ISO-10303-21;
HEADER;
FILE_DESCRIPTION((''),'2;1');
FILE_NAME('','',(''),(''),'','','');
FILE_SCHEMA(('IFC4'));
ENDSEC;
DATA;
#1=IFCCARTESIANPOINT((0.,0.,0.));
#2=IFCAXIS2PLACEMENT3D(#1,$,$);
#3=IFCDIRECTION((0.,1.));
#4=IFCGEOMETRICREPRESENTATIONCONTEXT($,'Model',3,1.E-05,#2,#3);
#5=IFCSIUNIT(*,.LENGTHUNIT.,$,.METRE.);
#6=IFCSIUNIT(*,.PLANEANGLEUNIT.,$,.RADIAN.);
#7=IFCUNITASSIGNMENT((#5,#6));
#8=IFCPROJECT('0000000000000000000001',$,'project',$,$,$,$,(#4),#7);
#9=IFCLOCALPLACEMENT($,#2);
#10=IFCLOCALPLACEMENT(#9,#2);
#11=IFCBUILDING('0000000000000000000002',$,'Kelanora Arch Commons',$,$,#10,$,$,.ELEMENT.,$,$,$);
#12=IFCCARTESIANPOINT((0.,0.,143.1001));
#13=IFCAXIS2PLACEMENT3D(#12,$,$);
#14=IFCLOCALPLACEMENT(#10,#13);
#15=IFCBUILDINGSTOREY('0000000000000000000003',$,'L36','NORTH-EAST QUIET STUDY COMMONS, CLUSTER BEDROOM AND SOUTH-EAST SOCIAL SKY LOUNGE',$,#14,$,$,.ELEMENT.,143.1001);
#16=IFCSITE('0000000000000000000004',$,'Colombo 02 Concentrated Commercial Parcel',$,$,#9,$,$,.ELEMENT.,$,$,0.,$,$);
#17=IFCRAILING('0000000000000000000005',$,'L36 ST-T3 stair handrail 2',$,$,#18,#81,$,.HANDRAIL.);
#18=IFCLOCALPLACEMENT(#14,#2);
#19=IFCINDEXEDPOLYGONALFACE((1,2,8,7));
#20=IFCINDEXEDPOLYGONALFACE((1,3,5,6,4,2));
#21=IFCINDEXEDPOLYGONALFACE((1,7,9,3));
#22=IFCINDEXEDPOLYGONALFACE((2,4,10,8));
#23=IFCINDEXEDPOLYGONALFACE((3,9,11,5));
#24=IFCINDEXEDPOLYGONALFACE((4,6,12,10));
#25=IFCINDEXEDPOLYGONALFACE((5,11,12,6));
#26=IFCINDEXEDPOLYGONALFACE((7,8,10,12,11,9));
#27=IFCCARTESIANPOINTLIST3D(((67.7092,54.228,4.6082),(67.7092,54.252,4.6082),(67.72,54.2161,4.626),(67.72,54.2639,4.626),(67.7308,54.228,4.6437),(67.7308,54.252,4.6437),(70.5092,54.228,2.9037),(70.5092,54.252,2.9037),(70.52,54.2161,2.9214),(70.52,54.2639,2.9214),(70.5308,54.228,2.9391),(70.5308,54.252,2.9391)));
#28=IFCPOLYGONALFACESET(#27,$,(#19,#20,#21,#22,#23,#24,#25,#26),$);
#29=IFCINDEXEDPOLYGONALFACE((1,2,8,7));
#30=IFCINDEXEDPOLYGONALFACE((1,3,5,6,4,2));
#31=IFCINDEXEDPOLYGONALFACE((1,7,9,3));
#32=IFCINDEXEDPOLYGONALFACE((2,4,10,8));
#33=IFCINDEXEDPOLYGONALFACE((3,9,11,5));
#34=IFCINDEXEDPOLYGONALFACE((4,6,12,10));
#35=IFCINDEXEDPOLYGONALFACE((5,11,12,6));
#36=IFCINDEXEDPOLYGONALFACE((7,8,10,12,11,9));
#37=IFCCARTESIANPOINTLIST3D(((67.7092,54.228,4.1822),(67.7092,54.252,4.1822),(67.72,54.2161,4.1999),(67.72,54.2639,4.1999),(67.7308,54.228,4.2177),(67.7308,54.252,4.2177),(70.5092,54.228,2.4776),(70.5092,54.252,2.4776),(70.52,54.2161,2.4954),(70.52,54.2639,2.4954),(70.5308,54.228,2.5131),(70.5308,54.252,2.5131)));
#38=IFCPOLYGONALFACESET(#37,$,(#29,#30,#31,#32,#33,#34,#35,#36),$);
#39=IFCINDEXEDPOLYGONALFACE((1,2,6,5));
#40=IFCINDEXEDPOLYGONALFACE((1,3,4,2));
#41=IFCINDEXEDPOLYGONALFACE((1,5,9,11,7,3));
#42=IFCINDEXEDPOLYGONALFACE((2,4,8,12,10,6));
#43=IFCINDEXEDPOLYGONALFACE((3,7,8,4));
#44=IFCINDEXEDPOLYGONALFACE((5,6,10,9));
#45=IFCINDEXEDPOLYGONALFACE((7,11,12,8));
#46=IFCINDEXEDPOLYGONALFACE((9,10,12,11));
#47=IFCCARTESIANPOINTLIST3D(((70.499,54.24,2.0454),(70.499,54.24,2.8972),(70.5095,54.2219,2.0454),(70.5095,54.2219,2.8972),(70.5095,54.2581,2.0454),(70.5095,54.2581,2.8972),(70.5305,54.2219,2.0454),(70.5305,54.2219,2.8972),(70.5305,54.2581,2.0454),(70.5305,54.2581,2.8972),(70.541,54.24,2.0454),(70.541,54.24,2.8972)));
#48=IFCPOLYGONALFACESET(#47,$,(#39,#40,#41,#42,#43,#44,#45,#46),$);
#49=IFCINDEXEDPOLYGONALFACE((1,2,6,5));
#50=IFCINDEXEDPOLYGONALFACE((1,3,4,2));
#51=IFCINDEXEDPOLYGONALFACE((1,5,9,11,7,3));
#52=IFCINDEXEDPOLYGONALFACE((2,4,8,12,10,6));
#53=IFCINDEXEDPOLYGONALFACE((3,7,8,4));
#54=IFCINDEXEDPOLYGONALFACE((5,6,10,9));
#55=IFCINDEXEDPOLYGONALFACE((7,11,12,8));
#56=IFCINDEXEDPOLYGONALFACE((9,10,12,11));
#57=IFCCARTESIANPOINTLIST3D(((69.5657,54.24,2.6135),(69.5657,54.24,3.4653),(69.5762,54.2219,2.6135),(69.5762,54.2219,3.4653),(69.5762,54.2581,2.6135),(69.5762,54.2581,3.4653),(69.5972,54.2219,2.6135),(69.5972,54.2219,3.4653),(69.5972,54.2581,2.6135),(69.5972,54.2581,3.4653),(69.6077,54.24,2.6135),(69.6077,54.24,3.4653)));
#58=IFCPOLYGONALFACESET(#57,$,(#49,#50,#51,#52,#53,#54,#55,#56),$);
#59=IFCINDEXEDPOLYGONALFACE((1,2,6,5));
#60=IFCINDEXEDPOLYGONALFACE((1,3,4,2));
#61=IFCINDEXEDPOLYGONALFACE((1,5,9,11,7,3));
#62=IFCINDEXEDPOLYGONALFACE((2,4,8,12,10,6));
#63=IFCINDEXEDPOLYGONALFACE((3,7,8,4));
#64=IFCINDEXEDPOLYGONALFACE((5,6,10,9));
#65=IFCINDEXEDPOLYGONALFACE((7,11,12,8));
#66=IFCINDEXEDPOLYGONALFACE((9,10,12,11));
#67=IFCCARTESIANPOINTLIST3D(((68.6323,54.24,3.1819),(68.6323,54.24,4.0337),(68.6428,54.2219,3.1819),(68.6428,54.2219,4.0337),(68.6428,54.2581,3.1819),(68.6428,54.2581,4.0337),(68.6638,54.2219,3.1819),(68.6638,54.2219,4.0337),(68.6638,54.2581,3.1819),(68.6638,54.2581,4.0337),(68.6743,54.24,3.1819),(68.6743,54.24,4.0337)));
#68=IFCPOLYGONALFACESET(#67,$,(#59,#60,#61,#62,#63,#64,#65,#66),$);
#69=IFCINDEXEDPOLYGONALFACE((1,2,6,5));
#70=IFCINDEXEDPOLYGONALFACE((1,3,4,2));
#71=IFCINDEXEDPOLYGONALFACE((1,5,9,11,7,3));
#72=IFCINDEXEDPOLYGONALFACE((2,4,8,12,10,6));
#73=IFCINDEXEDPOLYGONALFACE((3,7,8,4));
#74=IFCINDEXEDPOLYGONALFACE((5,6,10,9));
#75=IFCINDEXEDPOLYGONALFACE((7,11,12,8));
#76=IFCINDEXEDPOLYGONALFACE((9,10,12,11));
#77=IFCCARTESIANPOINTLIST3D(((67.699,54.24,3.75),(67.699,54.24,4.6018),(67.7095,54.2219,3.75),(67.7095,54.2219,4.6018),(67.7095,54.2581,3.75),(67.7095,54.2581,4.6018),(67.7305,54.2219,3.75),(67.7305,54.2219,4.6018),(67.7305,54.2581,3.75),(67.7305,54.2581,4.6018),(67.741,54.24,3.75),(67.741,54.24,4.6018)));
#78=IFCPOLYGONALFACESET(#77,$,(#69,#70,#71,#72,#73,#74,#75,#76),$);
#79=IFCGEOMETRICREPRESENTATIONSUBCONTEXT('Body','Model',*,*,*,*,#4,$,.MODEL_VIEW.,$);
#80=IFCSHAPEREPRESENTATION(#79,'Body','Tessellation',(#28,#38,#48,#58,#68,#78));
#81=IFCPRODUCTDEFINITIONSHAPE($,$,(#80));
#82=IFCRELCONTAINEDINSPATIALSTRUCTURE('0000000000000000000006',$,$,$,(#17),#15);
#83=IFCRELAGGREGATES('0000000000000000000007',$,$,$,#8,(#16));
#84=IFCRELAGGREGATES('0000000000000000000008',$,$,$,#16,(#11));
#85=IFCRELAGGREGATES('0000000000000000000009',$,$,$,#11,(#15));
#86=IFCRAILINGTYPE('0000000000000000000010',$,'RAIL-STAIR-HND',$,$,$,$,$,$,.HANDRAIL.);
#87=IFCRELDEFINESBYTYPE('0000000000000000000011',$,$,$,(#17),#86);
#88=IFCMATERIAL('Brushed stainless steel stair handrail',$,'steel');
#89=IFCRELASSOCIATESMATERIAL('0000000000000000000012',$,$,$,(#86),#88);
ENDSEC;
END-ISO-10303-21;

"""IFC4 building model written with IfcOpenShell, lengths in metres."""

from ifc_helpers import new_model, si_unit, direction, frame, origin, place, context, subcontext, project, spatial, polyline, outline, extrude, material, type_object, element, save


model = new_model("IFC4")

# Units and contexts
model_context = context("Model", 3, precision=1e-05, world=origin(), true_north=direction((0.0, 1.0)))
body_context = subcontext(model_context, "Body", "Model", "MODEL_VIEW")
ifc_project = project(units=[si_unit("LENGTHUNIT", "METRE"), si_unit("PLANEANGLEUNIT", "RADIAN")], contexts=[model_context])

# Site, building, storey
site_placement = place(None, origin())
site = spatial("IfcSite", under=ifc_project, at=site_placement, Name="Colombo 02 Concentrated Commercial Parcel", CompositionType="ELEMENT", RefElevation=0.0)
building_placement = place(site_placement, origin())
building = spatial("IfcBuilding", under=site, at=building_placement, Name="Kelanora Arch Commons", CompositionType="ELEMENT")
storey_placement = place(building_placement, frame((0.0, 0.0, 143.1001)))
storey = spatial("IfcBuildingStorey", under=building, at=storey_placement, Name="L36", Description="NORTH-EAST QUIET STUDY COMMONS, CLUSTER BEDROOM AND SOUTH-EAST SOCIAL SKY LOUNGE", CompositionType="ELEMENT", Elevation=143.1001)

# Railing
ifc_material_1 = material(Name="Brushed stainless steel stair handrail", Category="steel")
railing_type_1 = type_object("IfcRailingType", Name="RAIL-STAIR-HND", PredefinedType="HANDRAIL", material=ifc_material_1)
railing_1_placement = place(storey_placement, frame((70.52, 54.24, 2.0454)))
element("IfcRailing", 1, at=railing_1_placement, inside=storey, type_object=railing_type_1, Name="L36 ST-T3 stair handrail 2", PredefinedType="HANDRAIL", context=body_context, shape_type="SweptSolid", body=[
    extrude(outline(polyline([(0.0239, 0.0), (0.012, 0.0208), (-0.012, 0.0208), (-0.0239, 0.0), (-0.012, -0.0208), (0.012, -0.0208), (0.0239, 0.0)])), frame((0.0, 0.0, 0.876), z_axis=(-0.85417, 0.0, 0.519994), x_axis=(0.0, -1.0, 0.0)), (0.0, 0.0, 1.0), 3.2781),
    extrude(outline(polyline([(0.0239, 0.0), (0.012, 0.0208), (-0.012, 0.0208), (-0.0239, 0.0), (-0.012, -0.0208), (0.012, -0.0208), (0.0239, 0.0)])), frame((0.0, 0.0, 0.45), z_axis=(-0.85417, 0.0, 0.519994), x_axis=(0.0, -1.0, 0.0)), (0.0, 0.0, 1.0), 3.2781),
    extrude(outline(polyline([(0.021, 0.0), (0.0105, 0.0181), (-0.0105, 0.0181), (-0.021, 0.0), (-0.0105, -0.0181), (0.0105, -0.0181), (0.021, 0.0)])), origin(), (0.0, 0.0, 1.0), 0.8518),
    extrude(outline(polyline([(0.021, 0.0), (0.0105, 0.0181), (-0.0105, 0.0181), (-0.021, 0.0), (-0.0105, -0.0181), (0.0105, -0.0181), (0.021, 0.0)])), frame((-0.9333, 0.0, 0.5681)), (0.0, 0.0, 1.0), 0.8518),
    extrude(outline(polyline([(0.021, 0.0), (0.0105, 0.0181), (-0.0105, 0.0181), (-0.021, 0.0), (-0.0105, -0.0181), (0.0105, -0.0181), (0.021, 0.0)])), frame((-1.8667, 0.0, 1.1365)), (0.0, 0.0, 1.0), 0.8518),
    extrude(outline(polyline([(0.021, 0.0), (0.0105, 0.0181), (-0.0105, 0.0181), (-0.021, 0.0), (-0.0105, -0.0181), (0.0105, -0.0181), (0.021, 0.0)])), frame((-2.8, 0.0, 1.7046)), (0.0, 0.0, 1.0), 0.8518),
])

save(model, "model.ifc")
